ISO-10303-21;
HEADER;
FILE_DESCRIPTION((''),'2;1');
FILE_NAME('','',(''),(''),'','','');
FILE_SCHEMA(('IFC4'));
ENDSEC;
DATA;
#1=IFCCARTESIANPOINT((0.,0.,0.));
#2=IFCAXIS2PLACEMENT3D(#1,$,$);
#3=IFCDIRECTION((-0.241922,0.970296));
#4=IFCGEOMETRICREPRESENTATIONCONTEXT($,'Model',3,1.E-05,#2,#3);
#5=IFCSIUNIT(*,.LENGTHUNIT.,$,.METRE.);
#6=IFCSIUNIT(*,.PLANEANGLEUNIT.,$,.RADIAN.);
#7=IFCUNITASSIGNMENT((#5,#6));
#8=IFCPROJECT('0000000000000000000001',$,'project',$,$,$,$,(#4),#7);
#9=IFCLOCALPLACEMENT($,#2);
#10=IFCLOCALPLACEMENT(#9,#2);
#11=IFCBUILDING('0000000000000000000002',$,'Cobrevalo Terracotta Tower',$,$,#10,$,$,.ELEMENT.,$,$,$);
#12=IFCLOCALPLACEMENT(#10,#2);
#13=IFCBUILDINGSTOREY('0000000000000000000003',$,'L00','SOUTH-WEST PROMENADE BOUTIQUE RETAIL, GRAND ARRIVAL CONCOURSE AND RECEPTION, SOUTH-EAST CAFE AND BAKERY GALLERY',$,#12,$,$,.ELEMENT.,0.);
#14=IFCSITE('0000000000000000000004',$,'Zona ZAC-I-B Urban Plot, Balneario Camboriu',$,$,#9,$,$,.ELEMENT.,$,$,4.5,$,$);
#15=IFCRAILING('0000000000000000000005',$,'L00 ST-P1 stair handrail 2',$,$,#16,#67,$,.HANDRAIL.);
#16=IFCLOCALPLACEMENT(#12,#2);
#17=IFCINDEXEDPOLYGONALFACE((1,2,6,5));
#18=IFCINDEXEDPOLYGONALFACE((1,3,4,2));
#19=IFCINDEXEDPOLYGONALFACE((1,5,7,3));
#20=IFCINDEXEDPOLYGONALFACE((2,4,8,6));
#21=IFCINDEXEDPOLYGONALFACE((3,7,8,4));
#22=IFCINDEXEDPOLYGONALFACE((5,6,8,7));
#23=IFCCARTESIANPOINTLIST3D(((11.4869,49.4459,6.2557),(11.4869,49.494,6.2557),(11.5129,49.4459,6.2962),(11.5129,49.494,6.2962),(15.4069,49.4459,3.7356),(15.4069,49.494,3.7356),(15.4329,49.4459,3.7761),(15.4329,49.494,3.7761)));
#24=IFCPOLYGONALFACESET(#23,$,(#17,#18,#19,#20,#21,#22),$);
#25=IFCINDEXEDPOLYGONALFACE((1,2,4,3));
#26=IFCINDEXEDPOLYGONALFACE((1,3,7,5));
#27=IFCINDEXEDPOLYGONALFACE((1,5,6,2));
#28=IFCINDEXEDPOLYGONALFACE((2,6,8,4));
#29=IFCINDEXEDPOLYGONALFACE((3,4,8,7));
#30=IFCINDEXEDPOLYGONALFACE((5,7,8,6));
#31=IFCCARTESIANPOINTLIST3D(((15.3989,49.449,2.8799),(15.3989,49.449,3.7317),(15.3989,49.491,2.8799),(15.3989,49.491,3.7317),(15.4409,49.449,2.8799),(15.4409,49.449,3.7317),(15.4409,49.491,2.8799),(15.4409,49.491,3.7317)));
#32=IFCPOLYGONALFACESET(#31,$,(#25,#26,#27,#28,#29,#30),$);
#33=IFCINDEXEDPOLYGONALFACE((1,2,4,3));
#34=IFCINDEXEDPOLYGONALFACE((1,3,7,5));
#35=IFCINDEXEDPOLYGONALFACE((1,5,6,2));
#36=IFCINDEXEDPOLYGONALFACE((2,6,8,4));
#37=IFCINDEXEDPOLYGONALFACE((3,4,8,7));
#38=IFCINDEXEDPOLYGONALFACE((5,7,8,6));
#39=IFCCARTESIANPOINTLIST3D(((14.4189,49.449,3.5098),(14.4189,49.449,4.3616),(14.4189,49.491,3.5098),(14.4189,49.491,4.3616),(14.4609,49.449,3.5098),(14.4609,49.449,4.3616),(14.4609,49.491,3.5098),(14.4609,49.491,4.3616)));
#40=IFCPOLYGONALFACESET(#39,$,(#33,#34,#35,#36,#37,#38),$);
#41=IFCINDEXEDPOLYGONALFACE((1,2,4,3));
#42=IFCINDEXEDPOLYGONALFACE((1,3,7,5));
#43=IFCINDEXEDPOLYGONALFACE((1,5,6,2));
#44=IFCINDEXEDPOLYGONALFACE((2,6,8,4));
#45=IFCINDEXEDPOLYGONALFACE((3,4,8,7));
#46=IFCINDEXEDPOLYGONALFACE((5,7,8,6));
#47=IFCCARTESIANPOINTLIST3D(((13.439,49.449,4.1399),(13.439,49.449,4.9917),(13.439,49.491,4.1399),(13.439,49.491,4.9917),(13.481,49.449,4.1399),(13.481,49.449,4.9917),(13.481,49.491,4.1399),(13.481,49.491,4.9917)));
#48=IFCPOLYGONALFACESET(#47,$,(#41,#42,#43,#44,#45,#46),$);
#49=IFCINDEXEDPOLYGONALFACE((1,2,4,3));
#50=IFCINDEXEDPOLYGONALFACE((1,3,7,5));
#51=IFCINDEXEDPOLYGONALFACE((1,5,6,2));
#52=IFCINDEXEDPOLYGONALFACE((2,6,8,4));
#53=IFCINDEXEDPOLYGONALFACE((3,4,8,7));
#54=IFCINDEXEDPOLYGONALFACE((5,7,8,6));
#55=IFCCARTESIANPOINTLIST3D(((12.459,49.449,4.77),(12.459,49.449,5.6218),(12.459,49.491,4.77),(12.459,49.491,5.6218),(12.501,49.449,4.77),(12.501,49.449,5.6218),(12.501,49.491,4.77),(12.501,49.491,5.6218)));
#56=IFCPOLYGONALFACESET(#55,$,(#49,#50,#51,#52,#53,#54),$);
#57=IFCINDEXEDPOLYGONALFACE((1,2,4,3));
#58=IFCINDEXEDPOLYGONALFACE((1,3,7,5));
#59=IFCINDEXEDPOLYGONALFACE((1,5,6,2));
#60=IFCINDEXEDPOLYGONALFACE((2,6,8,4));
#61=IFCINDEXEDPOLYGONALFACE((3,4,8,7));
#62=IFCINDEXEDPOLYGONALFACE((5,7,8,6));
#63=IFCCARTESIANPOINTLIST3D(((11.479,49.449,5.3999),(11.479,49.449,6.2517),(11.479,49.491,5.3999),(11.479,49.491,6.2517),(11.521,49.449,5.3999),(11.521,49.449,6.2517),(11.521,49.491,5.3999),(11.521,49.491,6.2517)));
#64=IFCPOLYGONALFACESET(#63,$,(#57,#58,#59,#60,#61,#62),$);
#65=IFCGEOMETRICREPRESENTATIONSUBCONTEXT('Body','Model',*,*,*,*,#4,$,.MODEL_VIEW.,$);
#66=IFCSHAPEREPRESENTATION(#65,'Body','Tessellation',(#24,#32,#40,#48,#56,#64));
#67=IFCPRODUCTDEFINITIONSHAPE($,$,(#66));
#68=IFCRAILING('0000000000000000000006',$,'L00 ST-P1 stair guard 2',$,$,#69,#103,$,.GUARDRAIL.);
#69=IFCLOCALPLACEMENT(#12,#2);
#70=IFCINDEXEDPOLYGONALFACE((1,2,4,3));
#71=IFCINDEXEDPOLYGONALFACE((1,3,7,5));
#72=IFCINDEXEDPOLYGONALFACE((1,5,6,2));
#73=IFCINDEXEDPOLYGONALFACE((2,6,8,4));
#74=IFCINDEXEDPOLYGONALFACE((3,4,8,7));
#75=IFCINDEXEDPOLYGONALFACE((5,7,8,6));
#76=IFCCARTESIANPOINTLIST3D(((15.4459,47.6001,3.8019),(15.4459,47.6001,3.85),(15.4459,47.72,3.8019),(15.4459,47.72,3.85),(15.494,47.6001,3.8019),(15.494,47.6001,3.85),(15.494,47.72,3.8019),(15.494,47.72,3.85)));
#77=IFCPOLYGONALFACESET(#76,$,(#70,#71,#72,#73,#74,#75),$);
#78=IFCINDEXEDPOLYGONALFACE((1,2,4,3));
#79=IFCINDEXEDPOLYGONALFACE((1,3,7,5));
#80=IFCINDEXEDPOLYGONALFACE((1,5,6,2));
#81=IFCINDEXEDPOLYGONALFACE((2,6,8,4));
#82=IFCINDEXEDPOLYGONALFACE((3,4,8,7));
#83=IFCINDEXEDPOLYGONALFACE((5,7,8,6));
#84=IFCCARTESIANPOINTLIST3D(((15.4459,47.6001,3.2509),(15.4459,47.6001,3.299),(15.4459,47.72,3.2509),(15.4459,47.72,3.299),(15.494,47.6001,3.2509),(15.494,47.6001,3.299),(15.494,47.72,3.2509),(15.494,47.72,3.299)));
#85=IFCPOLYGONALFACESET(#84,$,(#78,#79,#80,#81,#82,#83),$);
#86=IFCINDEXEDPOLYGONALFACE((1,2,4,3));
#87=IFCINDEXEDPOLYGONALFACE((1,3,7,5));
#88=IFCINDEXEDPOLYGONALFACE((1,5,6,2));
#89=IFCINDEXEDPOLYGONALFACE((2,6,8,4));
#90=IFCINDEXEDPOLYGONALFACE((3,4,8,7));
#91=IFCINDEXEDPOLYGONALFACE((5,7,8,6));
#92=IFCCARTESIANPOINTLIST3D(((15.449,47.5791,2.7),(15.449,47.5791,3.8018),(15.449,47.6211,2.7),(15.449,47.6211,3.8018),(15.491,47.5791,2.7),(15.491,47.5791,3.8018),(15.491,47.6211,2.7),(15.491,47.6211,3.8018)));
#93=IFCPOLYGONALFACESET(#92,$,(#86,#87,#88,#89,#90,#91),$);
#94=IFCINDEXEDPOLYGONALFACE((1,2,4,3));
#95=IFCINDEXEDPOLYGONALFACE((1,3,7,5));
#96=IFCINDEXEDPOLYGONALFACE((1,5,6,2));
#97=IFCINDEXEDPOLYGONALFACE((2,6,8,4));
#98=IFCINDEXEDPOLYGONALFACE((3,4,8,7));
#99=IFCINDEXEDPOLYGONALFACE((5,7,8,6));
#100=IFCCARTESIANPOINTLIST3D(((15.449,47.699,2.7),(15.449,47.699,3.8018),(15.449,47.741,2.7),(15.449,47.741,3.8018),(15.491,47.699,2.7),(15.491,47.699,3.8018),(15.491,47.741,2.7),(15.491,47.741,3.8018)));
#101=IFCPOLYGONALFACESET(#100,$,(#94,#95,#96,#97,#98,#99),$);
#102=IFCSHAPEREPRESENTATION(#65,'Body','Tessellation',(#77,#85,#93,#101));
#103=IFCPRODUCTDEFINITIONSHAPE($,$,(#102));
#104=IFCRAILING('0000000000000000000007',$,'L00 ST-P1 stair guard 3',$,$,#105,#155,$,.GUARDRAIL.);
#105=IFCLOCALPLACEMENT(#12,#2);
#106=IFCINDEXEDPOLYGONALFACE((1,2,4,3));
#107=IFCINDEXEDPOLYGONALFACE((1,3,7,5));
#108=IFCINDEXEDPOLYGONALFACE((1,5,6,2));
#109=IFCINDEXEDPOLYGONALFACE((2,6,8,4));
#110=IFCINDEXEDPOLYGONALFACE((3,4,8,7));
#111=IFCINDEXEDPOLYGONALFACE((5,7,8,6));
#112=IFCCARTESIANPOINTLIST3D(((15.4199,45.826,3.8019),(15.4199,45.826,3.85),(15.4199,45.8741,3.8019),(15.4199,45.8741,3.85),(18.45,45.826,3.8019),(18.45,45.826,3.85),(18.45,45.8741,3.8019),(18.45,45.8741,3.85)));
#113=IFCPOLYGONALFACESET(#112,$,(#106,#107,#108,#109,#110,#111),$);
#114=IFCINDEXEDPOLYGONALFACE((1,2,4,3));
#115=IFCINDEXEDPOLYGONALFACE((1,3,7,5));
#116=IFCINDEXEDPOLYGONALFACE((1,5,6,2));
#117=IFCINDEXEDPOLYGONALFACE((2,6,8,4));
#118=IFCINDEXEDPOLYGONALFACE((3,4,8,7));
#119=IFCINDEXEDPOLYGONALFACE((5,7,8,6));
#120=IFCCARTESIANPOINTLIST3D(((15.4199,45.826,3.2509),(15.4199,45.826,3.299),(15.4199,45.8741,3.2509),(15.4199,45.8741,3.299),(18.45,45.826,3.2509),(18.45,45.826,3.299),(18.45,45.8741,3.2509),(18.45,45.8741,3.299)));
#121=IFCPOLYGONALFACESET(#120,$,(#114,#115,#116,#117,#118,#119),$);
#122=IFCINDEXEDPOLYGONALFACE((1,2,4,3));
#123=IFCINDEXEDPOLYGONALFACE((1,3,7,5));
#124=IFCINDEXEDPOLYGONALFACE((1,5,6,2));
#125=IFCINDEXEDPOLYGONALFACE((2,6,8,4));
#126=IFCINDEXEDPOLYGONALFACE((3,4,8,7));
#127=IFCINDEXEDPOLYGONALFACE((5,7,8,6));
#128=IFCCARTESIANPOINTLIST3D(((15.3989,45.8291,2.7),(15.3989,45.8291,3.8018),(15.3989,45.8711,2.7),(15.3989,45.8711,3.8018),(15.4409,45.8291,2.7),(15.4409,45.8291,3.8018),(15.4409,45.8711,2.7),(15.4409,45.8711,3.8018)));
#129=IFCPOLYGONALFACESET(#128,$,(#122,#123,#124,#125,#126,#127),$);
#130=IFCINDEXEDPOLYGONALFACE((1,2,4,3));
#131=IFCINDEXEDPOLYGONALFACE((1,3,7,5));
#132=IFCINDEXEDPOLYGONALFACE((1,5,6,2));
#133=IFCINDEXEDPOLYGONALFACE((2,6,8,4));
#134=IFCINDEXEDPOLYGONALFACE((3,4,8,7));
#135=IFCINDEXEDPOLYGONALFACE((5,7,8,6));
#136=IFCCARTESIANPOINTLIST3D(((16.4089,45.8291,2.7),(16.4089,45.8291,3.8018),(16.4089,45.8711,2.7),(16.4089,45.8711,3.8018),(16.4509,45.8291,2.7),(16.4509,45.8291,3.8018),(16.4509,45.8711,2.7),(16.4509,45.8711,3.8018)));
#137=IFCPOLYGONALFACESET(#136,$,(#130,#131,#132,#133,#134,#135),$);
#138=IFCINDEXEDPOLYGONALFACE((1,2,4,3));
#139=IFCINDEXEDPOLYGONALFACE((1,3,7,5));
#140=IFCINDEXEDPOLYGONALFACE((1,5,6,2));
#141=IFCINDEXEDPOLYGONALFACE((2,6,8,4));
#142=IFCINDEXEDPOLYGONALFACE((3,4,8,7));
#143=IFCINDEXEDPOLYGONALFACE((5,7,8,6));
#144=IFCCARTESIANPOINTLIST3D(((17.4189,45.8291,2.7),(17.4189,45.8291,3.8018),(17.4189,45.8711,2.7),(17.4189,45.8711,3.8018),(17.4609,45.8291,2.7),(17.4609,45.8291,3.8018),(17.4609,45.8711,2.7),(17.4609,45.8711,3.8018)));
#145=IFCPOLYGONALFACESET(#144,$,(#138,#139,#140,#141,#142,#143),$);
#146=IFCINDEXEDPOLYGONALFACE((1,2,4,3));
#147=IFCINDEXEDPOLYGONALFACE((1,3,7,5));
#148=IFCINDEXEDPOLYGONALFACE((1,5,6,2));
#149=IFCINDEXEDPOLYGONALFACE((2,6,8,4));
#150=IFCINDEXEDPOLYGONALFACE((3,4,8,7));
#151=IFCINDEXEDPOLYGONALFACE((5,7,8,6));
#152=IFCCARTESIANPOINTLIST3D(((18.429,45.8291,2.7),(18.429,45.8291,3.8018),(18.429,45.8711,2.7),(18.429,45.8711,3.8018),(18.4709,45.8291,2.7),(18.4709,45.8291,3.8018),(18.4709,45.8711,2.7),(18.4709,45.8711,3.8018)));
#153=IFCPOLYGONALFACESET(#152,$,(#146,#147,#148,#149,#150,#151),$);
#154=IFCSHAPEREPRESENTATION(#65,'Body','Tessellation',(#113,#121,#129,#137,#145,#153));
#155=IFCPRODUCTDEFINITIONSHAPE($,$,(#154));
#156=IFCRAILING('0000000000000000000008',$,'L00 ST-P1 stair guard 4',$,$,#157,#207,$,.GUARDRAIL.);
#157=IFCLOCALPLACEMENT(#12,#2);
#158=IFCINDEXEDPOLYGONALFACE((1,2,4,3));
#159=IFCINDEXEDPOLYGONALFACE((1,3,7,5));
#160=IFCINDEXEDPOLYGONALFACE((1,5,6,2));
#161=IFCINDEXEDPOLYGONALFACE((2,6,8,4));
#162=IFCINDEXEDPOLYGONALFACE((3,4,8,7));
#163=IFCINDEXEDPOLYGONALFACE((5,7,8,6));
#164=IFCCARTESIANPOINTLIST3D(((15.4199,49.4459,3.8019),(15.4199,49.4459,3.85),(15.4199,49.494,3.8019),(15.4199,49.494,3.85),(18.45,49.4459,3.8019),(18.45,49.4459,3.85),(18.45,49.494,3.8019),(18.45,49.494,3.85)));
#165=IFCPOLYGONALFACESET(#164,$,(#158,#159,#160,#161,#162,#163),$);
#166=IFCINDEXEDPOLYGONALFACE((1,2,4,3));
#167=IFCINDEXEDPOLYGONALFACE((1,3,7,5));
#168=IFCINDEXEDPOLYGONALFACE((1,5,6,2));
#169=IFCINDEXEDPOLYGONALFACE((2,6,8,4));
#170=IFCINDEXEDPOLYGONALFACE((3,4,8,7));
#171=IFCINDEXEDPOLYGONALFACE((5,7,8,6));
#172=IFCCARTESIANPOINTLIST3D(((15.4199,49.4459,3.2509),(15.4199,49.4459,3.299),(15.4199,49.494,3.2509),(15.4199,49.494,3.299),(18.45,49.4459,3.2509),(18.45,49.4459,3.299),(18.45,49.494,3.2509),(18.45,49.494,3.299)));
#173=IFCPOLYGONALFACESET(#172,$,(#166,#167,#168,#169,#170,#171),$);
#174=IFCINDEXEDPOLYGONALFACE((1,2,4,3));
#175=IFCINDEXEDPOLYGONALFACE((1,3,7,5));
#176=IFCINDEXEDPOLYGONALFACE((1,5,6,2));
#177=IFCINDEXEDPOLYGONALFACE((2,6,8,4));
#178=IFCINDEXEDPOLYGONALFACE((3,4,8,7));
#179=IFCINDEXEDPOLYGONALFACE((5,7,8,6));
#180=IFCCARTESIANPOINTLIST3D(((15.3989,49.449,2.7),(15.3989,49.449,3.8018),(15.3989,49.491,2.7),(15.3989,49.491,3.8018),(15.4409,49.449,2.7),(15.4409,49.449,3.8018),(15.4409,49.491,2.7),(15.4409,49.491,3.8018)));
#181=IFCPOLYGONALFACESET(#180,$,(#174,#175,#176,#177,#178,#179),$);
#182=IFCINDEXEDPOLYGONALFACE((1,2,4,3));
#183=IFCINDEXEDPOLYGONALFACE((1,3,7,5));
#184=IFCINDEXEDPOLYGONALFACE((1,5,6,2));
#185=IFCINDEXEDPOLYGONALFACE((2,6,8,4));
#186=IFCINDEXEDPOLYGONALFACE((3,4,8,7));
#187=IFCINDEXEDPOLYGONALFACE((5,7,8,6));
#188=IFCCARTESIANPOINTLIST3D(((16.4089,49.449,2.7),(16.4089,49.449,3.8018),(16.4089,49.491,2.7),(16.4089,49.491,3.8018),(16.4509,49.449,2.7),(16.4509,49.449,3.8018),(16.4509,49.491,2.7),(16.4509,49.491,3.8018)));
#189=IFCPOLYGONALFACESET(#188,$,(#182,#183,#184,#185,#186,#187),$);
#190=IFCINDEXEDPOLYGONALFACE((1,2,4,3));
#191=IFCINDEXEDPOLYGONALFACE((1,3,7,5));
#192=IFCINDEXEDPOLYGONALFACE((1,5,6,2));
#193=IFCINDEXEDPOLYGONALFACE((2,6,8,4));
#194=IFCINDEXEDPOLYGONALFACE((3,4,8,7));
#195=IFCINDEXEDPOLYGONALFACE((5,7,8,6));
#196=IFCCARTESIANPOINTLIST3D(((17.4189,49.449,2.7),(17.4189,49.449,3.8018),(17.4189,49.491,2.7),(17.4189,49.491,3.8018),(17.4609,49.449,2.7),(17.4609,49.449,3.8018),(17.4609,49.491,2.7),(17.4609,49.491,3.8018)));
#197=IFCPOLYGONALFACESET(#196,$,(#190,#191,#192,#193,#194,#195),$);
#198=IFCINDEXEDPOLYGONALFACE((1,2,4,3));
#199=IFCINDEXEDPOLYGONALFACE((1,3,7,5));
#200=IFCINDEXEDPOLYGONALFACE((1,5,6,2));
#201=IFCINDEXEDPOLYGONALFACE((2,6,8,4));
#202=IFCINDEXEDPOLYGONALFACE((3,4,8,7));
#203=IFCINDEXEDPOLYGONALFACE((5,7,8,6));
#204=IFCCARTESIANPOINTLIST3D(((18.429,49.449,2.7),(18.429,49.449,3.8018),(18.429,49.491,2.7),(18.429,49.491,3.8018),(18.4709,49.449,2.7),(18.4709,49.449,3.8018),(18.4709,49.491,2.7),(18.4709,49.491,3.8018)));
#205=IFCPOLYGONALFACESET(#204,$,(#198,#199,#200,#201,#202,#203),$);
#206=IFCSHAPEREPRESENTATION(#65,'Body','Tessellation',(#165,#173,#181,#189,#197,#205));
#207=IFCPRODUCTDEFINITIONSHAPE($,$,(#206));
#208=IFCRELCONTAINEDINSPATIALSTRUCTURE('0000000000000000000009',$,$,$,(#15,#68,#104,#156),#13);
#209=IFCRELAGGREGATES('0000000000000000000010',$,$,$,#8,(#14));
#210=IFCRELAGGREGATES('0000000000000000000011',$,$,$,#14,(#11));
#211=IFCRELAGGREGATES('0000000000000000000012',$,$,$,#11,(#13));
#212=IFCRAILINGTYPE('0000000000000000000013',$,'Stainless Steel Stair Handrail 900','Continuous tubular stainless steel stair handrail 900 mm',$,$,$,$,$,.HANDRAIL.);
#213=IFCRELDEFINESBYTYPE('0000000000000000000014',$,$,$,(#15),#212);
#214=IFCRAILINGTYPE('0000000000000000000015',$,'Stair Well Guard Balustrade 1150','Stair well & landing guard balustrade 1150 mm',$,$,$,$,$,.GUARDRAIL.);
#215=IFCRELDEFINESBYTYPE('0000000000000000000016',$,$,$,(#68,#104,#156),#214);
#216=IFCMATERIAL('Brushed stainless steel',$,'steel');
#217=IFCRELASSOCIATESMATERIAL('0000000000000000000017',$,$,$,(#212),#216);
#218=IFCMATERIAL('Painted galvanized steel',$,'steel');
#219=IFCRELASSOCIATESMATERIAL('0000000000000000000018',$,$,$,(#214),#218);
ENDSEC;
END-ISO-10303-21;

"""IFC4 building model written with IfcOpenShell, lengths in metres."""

from ifc_helpers import new_model, si_unit, direction, frame, origin, origin_2d, place, context, subcontext, project, spatial, rectangle, extrude, material, type_object, element, save


model = new_model("IFC4")

# Units and contexts
model_context = context("Model", 3, precision=1e-05, world=origin(), true_north=direction((-0.241922, 0.970296)))
body_context = subcontext(model_context, "Body", "Model", "MODEL_VIEW")
ifc_project = project(units=[si_unit("LENGTHUNIT", "METRE"), si_unit("PLANEANGLEUNIT", "RADIAN")], contexts=[model_context])

# Site, building, storey
site_placement = place(None, origin())
site = spatial("IfcSite", under=ifc_project, at=site_placement, Name="Zona ZAC-I-B Urban Plot, Balneario Camboriu", CompositionType="ELEMENT", RefElevation=4.5)
building_placement = place(site_placement, origin())
building = spatial("IfcBuilding", under=site, at=building_placement, Name="Cobrevalo Terracotta Tower", CompositionType="ELEMENT")
storey_placement = place(building_placement, origin())
storey = spatial("IfcBuildingStorey", under=building, at=storey_placement, Name="L00", Description="SOUTH-WEST PROMENADE BOUTIQUE RETAIL, GRAND ARRIVAL CONCOURSE AND RECEPTION, SOUTH-EAST CAFE AND BAKERY GALLERY", CompositionType="ELEMENT", Elevation=0.0)

# Railings
ifc_material_1 = material(Name="Brushed stainless steel", Category="steel")
railing_type_1 = type_object("IfcRailingType", Name="Stainless Steel Stair Handrail 900", Description="Continuous tubular stainless steel stair handrail 900 mm", PredefinedType="HANDRAIL", material=ifc_material_1)
railing_1_placement = place(storey_placement, frame((15.4199, 49.47, 2.8799)))
element("IfcRailing", 1, at=railing_1_placement, inside=storey, type_object=railing_type_1, Name="L00 ST-P1 stair handrail 2", PredefinedType="HANDRAIL", context=body_context, shape_type="SweptSolid", body=[
    extrude(rectangle(XDim=0.0481, YDim=0.0481, at=origin_2d()), frame((0.0, 0.0, 0.876), z_axis=(-0.841172, 0.0, 0.540768), x_axis=(0.0, -1.0, 0.0)), (0.0, 0.0, 1.0), 4.6602),
    extrude(rectangle(XDim=0.042, YDim=0.042, at=origin_2d()), origin(), (0.0, 0.0, 1.0), 0.8518),
    extrude(rectangle(XDim=0.042, YDim=0.042, at=origin_2d()), frame((-0.98, 0.0, 0.6299)), (0.0, 0.0, 1.0), 0.8518),
    extrude(rectangle(XDim=0.042, YDim=0.042, at=origin_2d()), frame((-1.96, 0.0, 1.26)), (0.0, 0.0, 1.0), 0.8518),
    extrude(rectangle(XDim=0.042, YDim=0.042, at=origin_2d()), frame((-2.9399, 0.0, 1.8901)), (0.0, 0.0, 1.0), 0.8518),
    extrude(rectangle(XDim=0.042, YDim=0.042, at=origin_2d()), frame((-3.9199, 0.0, 2.52)), (0.0, 0.0, 1.0), 0.8518),
])
ifc_material_2 = material(Name="Painted galvanized steel", Category="steel")
railing_type_2 = type_object("IfcRailingType", Name="Stair Well Guard Balustrade 1150", Description="Stair well & landing guard balustrade 1150 mm", PredefinedType="GUARDRAIL", material=ifc_material_2)
railing_2_placement = place(storey_placement, frame((15.47, 47.6001, 2.7)))
element("IfcRailing", 2, at=railing_2_placement, inside=storey, type_object=railing_type_2, Name="L00 ST-P1 stair guard 2", PredefinedType="GUARDRAIL", context=body_context, shape_type="SweptSolid", body=[
    extrude(rectangle(XDim=0.0481, YDim=0.0481, at=origin_2d()), frame((0.0, 0.0, 1.126), z_axis=(0.0, 1.0, 0.0), x_axis=(-1.0, 0.0, 0.0)), (0.0, 0.0, 1.0), 0.1199),
    extrude(rectangle(XDim=0.0481, YDim=0.0481, at=origin_2d()), frame((0.0, 0.0, 0.575), z_axis=(0.0, 1.0, 0.0), x_axis=(-1.0, 0.0, 0.0)), (0.0, 0.0, 1.0), 0.1199),
    extrude(rectangle(XDim=0.042, YDim=0.042, at=origin_2d()), origin(), (0.0, 0.0, 1.0), 1.1018),
    extrude(rectangle(XDim=0.042, YDim=0.042, at=origin_2d()), frame((0.0, 0.1199, 0.0)), (0.0, 0.0, 1.0), 1.1018),
])
for number, where, name in (
    (3, (15.4199, 45.8501, 2.7), "L00 ST-P1 stair guard 3"),
    (4, (15.4199, 49.47, 2.7), "L00 ST-P1 stair guard 4"),
):
    element("IfcRailing", number, at=place(storey_placement, frame(where)), inside=storey, type_object=railing_type_2, Name=name, PredefinedType="GUARDRAIL", context=body_context, shape_type="SweptSolid", body=[
        extrude(rectangle(XDim=0.0481, YDim=0.0481, at=origin_2d()), frame((0.0, 0.0, 1.126), z_axis=(1.0, 0.0, 0.0), x_axis=(0.0, 1.0, 0.0)), (0.0, 0.0, 1.0), 3.03),
        extrude(rectangle(XDim=0.0481, YDim=0.0481, at=origin_2d()), frame((0.0, 0.0, 0.575), z_axis=(1.0, 0.0, 0.0), x_axis=(0.0, 1.0, 0.0)), (0.0, 0.0, 1.0), 3.03),
        extrude(rectangle(XDim=0.042, YDim=0.042, at=origin_2d()), origin(), (0.0, 0.0, 1.0), 1.1018),
        extrude(rectangle(XDim=0.042, YDim=0.042, at=origin_2d()), frame((1.01, 0.0, 0.0)), (0.0, 0.0, 1.0), 1.1018),
        extrude(rectangle(XDim=0.042, YDim=0.042, at=origin_2d()), frame((2.02, 0.0, 0.0)), (0.0, 0.0, 1.0), 1.1018),
        extrude(rectangle(XDim=0.042, YDim=0.042, at=origin_2d()), frame((3.03, 0.0, 0.0)), (0.0, 0.0, 1.0), 1.1018),
    ])

save(model, "model.ifc")
